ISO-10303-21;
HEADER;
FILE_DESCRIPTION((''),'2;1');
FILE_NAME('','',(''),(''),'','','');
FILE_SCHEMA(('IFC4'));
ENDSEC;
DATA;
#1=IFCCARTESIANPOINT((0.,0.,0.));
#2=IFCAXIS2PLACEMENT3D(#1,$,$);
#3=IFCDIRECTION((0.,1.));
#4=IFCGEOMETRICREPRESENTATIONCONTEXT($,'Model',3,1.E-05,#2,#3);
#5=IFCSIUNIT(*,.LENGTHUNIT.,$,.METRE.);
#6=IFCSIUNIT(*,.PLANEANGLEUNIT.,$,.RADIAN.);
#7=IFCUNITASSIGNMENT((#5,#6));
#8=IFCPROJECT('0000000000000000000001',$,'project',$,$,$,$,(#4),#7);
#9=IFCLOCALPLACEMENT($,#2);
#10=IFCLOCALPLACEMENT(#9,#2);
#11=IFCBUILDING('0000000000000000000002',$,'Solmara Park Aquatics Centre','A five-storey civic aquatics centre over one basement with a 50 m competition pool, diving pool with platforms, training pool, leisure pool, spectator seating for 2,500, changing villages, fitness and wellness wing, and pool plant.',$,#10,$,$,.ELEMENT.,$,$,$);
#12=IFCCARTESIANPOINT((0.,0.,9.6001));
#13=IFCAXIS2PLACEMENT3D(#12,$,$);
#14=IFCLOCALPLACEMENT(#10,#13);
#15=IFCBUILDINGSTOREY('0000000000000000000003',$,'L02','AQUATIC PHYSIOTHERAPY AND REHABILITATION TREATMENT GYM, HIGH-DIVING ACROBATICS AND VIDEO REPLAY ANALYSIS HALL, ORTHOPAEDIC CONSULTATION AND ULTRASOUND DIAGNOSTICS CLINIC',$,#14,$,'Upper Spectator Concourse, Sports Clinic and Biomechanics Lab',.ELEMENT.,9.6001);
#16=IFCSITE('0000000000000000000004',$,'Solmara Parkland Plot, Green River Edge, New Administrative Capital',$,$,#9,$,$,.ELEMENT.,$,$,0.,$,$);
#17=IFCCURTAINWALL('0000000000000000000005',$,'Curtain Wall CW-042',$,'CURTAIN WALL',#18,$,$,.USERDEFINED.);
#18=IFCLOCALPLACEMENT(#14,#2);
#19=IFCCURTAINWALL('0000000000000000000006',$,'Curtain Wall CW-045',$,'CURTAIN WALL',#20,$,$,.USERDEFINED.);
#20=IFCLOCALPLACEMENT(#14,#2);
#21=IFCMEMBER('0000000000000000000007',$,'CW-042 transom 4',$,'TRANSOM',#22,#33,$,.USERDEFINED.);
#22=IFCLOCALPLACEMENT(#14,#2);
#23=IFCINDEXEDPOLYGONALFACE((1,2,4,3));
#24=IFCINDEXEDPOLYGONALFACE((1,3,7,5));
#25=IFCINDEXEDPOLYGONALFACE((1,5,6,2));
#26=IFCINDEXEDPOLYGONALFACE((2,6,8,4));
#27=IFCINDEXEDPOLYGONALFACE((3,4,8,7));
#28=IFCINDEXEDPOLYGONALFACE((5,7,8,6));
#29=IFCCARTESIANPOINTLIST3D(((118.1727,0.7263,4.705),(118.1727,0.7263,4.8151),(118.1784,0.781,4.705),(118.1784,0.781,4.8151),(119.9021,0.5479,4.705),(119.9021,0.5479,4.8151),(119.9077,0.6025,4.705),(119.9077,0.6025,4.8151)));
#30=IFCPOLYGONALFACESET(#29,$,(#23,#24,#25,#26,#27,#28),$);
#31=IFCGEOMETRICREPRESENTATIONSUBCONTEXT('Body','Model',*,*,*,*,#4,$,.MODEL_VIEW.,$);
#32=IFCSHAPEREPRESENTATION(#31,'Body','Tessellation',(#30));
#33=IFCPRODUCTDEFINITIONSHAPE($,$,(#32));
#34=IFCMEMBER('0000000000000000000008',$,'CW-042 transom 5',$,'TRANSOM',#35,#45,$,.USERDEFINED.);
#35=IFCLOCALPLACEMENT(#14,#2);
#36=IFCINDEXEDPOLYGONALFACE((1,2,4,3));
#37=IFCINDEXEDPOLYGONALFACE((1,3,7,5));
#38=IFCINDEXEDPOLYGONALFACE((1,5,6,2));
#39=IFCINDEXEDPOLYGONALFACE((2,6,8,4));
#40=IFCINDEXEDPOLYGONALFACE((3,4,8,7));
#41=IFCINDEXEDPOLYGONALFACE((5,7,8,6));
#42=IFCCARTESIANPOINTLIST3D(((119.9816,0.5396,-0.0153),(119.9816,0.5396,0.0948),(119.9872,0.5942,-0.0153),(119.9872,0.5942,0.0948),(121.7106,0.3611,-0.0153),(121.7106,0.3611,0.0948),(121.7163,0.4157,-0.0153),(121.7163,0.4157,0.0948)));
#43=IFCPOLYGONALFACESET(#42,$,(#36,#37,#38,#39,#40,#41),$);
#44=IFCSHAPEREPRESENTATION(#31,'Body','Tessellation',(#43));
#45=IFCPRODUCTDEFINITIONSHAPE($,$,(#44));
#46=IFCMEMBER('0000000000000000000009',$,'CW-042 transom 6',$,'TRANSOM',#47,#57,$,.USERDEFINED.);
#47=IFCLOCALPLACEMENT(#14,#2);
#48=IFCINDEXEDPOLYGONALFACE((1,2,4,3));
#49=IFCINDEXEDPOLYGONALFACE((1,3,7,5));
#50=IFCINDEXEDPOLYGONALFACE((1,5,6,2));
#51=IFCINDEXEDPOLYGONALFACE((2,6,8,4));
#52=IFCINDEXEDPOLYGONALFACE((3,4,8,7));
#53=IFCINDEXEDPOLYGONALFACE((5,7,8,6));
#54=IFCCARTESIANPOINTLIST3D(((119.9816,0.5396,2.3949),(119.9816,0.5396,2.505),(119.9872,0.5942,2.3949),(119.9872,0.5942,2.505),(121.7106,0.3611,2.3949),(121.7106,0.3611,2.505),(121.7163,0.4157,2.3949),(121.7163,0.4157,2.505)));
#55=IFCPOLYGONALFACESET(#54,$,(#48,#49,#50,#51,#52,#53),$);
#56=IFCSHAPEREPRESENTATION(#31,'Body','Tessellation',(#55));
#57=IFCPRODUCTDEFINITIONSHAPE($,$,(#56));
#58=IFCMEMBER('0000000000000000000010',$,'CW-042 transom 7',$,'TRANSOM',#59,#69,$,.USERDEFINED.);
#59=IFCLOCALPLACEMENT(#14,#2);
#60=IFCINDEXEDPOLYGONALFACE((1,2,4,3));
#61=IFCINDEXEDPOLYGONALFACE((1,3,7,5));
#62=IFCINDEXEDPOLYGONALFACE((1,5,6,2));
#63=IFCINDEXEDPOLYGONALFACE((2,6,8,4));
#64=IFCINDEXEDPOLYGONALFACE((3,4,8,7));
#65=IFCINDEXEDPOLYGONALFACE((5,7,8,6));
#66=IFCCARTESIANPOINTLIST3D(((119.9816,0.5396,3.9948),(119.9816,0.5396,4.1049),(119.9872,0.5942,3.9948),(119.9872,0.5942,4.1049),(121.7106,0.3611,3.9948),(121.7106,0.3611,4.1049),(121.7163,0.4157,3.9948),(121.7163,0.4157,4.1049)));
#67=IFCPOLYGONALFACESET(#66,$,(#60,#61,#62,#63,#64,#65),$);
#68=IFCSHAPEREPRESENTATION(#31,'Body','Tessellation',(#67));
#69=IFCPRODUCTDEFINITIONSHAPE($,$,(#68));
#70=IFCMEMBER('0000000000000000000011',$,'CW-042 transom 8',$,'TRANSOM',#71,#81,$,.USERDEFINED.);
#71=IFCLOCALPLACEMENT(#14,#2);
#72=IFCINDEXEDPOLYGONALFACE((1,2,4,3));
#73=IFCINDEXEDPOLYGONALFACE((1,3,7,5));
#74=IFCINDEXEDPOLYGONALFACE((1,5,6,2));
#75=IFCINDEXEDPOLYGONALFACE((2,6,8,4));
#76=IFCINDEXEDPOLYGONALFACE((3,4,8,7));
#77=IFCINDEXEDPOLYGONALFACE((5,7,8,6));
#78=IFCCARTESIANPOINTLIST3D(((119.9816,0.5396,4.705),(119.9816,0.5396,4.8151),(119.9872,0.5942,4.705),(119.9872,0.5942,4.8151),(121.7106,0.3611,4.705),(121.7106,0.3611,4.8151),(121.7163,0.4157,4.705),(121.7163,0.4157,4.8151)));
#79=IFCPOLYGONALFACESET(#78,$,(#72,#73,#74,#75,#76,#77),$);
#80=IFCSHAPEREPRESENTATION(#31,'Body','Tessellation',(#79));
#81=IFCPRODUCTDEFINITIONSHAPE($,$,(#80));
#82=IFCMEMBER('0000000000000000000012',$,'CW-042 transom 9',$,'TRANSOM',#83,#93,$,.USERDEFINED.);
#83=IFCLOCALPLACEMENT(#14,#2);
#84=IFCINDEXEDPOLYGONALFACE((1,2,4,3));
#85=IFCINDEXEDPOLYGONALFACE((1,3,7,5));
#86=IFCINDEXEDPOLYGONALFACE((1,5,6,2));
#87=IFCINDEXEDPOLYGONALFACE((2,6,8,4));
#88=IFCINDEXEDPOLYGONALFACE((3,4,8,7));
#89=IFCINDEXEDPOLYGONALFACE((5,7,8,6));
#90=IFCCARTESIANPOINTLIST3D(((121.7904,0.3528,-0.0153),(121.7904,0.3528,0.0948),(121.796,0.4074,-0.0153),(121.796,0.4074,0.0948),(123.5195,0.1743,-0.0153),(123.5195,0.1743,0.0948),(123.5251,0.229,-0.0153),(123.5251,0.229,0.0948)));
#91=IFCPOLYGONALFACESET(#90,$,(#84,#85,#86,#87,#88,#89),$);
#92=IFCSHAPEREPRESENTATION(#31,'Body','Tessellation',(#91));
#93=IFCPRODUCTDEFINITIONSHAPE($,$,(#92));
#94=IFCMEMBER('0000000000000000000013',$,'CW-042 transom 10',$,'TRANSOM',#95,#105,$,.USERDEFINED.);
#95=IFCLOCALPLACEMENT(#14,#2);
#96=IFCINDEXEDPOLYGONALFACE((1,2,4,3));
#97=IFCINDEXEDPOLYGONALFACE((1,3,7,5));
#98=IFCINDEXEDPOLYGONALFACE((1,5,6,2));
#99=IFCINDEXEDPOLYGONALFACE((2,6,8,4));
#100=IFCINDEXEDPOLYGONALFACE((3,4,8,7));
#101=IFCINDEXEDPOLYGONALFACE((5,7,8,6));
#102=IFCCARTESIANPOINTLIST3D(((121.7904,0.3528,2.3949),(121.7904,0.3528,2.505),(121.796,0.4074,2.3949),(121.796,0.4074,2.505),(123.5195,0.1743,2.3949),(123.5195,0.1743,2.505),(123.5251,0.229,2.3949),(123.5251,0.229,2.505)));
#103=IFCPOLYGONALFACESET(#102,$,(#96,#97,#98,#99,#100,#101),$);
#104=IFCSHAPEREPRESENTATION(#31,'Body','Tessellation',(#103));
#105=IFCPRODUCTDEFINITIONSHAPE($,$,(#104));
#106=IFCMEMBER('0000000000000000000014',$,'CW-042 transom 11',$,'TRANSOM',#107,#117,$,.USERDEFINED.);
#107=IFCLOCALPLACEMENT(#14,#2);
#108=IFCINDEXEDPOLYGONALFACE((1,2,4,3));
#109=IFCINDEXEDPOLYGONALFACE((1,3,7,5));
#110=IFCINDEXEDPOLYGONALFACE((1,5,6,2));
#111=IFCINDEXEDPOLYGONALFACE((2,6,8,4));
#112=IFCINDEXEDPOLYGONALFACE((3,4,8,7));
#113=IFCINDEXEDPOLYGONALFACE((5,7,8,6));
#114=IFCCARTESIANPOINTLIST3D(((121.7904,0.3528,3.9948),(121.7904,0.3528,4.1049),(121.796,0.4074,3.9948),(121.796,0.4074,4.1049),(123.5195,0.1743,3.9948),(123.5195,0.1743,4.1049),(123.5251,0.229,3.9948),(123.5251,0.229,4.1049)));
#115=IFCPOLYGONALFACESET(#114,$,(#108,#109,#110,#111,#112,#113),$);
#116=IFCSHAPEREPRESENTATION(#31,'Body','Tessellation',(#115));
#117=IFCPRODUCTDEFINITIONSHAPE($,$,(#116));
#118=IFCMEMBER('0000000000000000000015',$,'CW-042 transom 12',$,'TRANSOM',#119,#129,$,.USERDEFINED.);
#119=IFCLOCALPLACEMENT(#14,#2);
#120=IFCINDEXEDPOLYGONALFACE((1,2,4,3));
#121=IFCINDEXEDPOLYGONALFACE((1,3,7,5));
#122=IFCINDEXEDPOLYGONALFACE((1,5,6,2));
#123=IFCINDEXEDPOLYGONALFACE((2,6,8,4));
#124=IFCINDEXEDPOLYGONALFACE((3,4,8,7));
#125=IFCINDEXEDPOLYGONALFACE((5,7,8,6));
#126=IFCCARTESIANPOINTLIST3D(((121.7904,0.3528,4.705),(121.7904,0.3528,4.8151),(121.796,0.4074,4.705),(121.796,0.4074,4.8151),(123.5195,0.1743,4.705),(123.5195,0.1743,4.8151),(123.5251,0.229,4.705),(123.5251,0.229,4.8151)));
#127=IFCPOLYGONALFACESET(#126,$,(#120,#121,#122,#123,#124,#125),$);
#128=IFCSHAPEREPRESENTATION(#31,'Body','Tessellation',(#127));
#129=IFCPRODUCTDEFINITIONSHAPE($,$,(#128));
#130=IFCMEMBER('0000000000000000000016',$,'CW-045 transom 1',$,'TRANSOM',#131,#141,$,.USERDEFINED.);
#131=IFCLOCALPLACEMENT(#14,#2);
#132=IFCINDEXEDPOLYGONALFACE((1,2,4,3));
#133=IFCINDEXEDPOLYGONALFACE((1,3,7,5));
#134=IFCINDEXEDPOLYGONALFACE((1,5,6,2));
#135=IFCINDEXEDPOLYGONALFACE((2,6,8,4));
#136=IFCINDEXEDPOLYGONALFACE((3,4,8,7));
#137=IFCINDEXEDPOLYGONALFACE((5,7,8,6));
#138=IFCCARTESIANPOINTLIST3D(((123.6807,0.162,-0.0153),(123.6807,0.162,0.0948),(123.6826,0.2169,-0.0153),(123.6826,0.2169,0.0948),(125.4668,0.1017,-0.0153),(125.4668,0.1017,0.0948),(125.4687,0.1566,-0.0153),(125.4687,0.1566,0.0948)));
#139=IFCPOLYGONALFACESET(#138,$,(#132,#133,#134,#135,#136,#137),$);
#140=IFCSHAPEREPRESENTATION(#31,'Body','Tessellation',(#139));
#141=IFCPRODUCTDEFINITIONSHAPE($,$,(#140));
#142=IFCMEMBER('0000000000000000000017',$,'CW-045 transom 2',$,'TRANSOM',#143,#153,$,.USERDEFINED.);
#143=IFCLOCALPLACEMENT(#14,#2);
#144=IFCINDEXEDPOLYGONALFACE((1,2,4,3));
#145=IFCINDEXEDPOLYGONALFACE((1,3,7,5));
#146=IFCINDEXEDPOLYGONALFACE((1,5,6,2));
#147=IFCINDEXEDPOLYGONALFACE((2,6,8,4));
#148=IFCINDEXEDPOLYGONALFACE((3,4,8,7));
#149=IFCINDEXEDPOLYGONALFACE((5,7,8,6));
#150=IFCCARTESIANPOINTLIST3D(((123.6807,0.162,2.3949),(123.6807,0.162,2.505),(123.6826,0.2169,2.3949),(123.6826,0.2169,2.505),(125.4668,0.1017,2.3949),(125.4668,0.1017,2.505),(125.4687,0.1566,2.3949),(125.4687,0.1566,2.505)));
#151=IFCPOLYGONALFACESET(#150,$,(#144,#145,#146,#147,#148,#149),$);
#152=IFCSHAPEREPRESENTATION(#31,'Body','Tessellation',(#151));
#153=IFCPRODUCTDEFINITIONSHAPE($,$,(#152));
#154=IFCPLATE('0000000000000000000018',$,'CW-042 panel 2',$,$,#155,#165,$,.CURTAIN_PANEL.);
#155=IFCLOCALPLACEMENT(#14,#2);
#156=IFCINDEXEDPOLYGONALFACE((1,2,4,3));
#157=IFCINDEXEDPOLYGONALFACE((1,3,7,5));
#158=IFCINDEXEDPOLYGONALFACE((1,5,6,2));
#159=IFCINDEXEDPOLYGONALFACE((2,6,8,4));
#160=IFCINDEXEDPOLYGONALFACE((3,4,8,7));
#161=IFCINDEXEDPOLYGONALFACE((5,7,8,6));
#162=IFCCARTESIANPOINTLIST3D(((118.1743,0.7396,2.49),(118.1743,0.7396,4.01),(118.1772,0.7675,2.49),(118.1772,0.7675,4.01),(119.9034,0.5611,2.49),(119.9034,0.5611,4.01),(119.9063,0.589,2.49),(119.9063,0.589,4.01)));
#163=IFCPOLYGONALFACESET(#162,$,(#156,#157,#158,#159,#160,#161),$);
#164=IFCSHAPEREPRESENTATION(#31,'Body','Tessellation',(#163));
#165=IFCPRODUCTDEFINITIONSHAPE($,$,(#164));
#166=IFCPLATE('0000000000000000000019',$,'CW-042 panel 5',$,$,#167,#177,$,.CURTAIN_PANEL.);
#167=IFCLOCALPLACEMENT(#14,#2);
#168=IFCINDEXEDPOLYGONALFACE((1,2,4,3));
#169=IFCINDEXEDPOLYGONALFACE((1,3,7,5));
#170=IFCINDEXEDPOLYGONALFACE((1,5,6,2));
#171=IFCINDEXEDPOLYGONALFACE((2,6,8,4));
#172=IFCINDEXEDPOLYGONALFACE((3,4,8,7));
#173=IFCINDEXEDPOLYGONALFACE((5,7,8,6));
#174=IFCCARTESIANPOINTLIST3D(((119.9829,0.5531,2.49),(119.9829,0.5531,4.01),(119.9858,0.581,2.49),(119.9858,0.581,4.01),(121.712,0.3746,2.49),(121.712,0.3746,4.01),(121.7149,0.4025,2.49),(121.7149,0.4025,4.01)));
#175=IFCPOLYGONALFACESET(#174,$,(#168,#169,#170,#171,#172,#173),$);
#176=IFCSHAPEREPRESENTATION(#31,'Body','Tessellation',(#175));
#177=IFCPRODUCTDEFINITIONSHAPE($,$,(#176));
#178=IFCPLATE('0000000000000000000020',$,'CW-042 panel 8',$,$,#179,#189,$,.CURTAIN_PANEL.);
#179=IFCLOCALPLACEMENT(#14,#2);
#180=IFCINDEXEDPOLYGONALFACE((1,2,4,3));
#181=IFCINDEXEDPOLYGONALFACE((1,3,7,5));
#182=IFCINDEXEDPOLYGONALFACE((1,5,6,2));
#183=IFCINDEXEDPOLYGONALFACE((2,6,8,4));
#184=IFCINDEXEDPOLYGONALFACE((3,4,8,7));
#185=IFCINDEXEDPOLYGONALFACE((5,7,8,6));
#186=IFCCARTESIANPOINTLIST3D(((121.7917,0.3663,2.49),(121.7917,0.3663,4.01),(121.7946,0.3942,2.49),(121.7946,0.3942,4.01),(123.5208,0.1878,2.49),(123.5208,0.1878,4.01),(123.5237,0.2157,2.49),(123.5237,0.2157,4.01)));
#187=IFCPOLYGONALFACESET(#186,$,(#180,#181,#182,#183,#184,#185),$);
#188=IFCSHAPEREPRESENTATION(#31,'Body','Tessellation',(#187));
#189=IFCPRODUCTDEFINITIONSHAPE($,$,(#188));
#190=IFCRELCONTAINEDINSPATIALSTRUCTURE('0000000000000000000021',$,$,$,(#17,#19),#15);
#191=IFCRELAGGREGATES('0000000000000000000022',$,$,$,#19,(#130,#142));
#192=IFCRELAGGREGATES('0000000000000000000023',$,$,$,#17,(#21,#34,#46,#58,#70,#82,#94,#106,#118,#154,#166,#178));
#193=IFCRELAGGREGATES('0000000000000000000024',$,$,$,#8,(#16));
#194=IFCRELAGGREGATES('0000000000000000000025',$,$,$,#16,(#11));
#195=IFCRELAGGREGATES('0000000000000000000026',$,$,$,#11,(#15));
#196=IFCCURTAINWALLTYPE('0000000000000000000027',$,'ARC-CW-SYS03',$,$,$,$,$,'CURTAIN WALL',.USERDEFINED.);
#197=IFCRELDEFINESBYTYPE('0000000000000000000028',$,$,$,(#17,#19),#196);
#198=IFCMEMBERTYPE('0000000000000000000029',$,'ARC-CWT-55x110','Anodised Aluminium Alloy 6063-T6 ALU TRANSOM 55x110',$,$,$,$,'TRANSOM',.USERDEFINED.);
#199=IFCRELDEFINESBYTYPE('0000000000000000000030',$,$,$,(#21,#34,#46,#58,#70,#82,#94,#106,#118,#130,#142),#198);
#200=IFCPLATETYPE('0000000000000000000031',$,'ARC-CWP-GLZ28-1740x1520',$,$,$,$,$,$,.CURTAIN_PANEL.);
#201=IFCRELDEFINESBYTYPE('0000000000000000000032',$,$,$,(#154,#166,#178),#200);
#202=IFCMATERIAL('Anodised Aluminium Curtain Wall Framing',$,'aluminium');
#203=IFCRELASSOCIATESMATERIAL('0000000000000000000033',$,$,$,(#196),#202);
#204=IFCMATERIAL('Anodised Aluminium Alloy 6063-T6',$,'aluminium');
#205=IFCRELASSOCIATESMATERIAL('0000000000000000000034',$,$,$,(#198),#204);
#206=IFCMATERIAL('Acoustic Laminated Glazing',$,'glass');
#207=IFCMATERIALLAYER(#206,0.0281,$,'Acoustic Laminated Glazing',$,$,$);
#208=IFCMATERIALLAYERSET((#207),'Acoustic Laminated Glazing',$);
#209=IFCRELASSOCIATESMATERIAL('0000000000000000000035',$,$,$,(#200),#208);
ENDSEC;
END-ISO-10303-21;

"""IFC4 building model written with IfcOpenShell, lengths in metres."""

from ifc_helpers import new_model, si_unit, direction, frame, origin, origin_2d, place, context, subcontext, project, spatial, rectangle, extrude, material, layer, layer_set, material_profile, profile_set, type_object, element, aggregate, save


model = new_model("IFC4")

# Units and contexts
model_context = context("Model", 3, precision=1e-05, world=origin(), true_north=direction((0.0, 1.0)))
body_context = subcontext(model_context, "Body", "Model", "MODEL_VIEW")
ifc_project = project(units=[si_unit("LENGTHUNIT", "METRE"), si_unit("PLANEANGLEUNIT", "RADIAN")], contexts=[model_context])

# Site, building, storey
site_placement = place(None, origin())
site = spatial("IfcSite", under=ifc_project, at=site_placement, Name="Solmara Parkland Plot, Green River Edge, New Administrative Capital", CompositionType="ELEMENT", RefElevation=0.0)
building_placement = place(site_placement, origin())
building = spatial("IfcBuilding", under=site, at=building_placement, Name="Solmara Park Aquatics Centre", Description="A five-storey civic aquatics centre over one basement with a 50 m competition pool, diving pool with platforms, training pool, leisure pool, spectator seating for 2,500, changing villages, fitness and wellness wing, and pool plant.", CompositionType="ELEMENT")
storey_placement = place(building_placement, frame((0.0, 0.0, 9.6001)))
storey = spatial("IfcBuildingStorey", under=building, at=storey_placement, Name="L02", Description="AQUATIC PHYSIOTHERAPY AND REHABILITATION TREATMENT GYM, HIGH-DIVING ACROBATICS AND VIDEO REPLAY ANALYSIS HALL, ORTHOPAEDIC CONSULTATION AND ULTRASOUND DIAGNOSTICS CLINIC", LongName="Upper Spectator Concourse, Sports Clinic and Biomechanics Lab", CompositionType="ELEMENT", Elevation=9.6001)

# Shared definitions
ifc_material_1 = material(Name="Anodised Aluminium Curtain Wall Framing", Category="aluminium")
curtain_wall_type = type_object("IfcCurtainWallType", Name="ARC-CW-SYS03", ElementType="CURTAIN WALL", PredefinedType="USERDEFINED", material=ifc_material_1)
ifc_material_2 = material(Name="Anodised Aluminium Alloy 6063-T6", Category="aluminium")

# Curtain wall
curtain_wall_1_placement = place(storey_placement, origin())
curtain_wall_1 = element("IfcCurtainWall", 1, at=curtain_wall_1_placement, inside=storey, type_object=curtain_wall_type, Name="Curtain Wall CW-042", ObjectType="CURTAIN WALL", PredefinedType="USERDEFINED")

# Curtain wall
curtain_wall_2_placement = place(storey_placement, origin())
curtain_wall_2 = element("IfcCurtainWall", 2, at=curtain_wall_2_placement, inside=storey, type_object=curtain_wall_type, Name="Curtain Wall CW-045", ObjectType="CURTAIN WALL", PredefinedType="USERDEFINED")

# Members
ifc_material_profile_1 = material_profile(ifc_material_2, rectangle(XDim=0.0549, YDim=0.1101, at=origin_2d()), Name="ALU TRANSOM 55x110")
ifc_profile_set_1 = profile_set([ifc_material_profile_1], Name="Anodised Aluminium Alloy 6063-T6")
member_type_1 = type_object("IfcMemberType", Name="ARC-CWT-55x110", Description="Anodised Aluminium Alloy 6063-T6 ALU TRANSOM 55x110", ElementType="TRANSOM", PredefinedType="USERDEFINED", material=ifc_profile_set_1)
member_1_placement = place(storey_placement, frame((118.1755, 0.7537, 4.76), z_axis=(0.994717, -0.10266, 0.0), x_axis=(0.10266, 0.994717, 0.0)))
member_1 = element("IfcMember", 3, at=member_1_placement, type_object=member_type_1, Name="CW-042 transom 4", ObjectType="TRANSOM", PredefinedType="USERDEFINED", context=body_context, shape_type="SweptSolid", body=[
    extrude(rectangle(XDim=0.0549, YDim=0.1101, at=origin_2d()), origin(), (0.0, 0.0, 1.0), 1.7385),
])
member_2_placement = place(storey_placement, frame((119.9844, 0.5669, 0.0398), z_axis=(0.994715, -0.102674, 0.0), x_axis=(0.102674, 0.994715, 0.0)))
member_2 = element("IfcMember", 4, at=member_2_placement, type_object=member_type_1, Name="CW-042 transom 5", ObjectType="TRANSOM", PredefinedType="USERDEFINED", context=body_context, shape_type="SweptSolid", body=[
    extrude(rectangle(XDim=0.0549, YDim=0.1101, at=origin_2d()), origin(), (0.0, 0.0, 1.0), 1.7383),
])
member_3_placement = place(storey_placement, frame((119.9844, 0.5669, 2.45), z_axis=(0.994715, -0.102674, 0.0), x_axis=(0.102674, 0.994715, 0.0)))
member_3 = element("IfcMember", 5, at=member_3_placement, type_object=member_type_1, Name="CW-042 transom 6", ObjectType="TRANSOM", PredefinedType="USERDEFINED", context=body_context, shape_type="SweptSolid", body=[
    extrude(rectangle(XDim=0.0549, YDim=0.1101, at=origin_2d()), origin(), (0.0, 0.0, 1.0), 1.7383),
])
member_4_placement = place(storey_placement, frame((119.9844, 0.5669, 4.0498), z_axis=(0.994715, -0.102674, 0.0), x_axis=(0.102674, 0.994715, 0.0)))
member_4 = element("IfcMember", 6, at=member_4_placement, type_object=member_type_1, Name="CW-042 transom 7", ObjectType="TRANSOM", PredefinedType="USERDEFINED", context=body_context, shape_type="SweptSolid", body=[
    extrude(rectangle(XDim=0.0549, YDim=0.1101, at=origin_2d()), origin(), (0.0, 0.0, 1.0), 1.7383),
])
member_5_placement = place(storey_placement, frame((119.9844, 0.5669, 4.76), z_axis=(0.994715, -0.102674, 0.0), x_axis=(0.102674, 0.994715, 0.0)))
member_5 = element("IfcMember", 7, at=member_5_placement, type_object=member_type_1, Name="CW-042 transom 8", ObjectType="TRANSOM", PredefinedType="USERDEFINED", context=body_context, shape_type="SweptSolid", body=[
    extrude(rectangle(XDim=0.0549, YDim=0.1101, at=origin_2d()), origin(), (0.0, 0.0, 1.0), 1.7383),
])
member_6_placement = place(storey_placement, frame((121.7932, 0.3801, 0.0398), z_axis=(0.994715, -0.102674, 0.0), x_axis=(0.102674, 0.994715, 0.0)))
member_6 = element("IfcMember", 8, at=member_6_placement, type_object=member_type_1, Name="CW-042 transom 9", ObjectType="TRANSOM", PredefinedType="USERDEFINED", context=body_context, shape_type="SweptSolid", body=[
    extrude(rectangle(XDim=0.0549, YDim=0.1101, at=origin_2d()), origin(), (0.0, 0.0, 1.0), 1.7383),
])
member_7_placement = place(storey_placement, frame((121.7932, 0.3801, 2.45), z_axis=(0.994715, -0.102674, 0.0), x_axis=(0.102674, 0.994715, 0.0)))
member_7 = element("IfcMember", 9, at=member_7_placement, type_object=member_type_1, Name="CW-042 transom 10", ObjectType="TRANSOM", PredefinedType="USERDEFINED", context=body_context, shape_type="SweptSolid", body=[
    extrude(rectangle(XDim=0.0549, YDim=0.1101, at=origin_2d()), origin(), (0.0, 0.0, 1.0), 1.7383),
])
member_8_placement = place(storey_placement, frame((121.7932, 0.3801, 4.0498), z_axis=(0.994715, -0.102674, 0.0), x_axis=(0.102674, 0.994715, 0.0)))
member_8 = element("IfcMember", 10, at=member_8_placement, type_object=member_type_1, Name="CW-042 transom 11", ObjectType="TRANSOM", PredefinedType="USERDEFINED", context=body_context, shape_type="SweptSolid", body=[
    extrude(rectangle(XDim=0.0549, YDim=0.1101, at=origin_2d()), origin(), (0.0, 0.0, 1.0), 1.7383),
])
member_9_placement = place(storey_placement, frame((121.7932, 0.3801, 4.76), z_axis=(0.994715, -0.102674, 0.0), x_axis=(0.102674, 0.994715, 0.0)))
member_9 = element("IfcMember", 11, at=member_9_placement, type_object=member_type_1, Name="CW-042 transom 12", ObjectType="TRANSOM", PredefinedType="USERDEFINED", context=body_context, shape_type="SweptSolid", body=[
    extrude(rectangle(XDim=0.0549, YDim=0.1101, at=origin_2d()), origin(), (0.0, 0.0, 1.0), 1.7383),
])
member_10_placement = place(storey_placement, frame((123.6816, 0.1895, 0.0398), z_axis=(0.999431, -0.033742, 0.0), x_axis=(0.033742, 0.999431, 0.0)))
member_10 = element("IfcMember", 12, at=member_10_placement, type_object=member_type_1, Name="CW-045 transom 1", ObjectType="TRANSOM", PredefinedType="USERDEFINED", context=body_context, shape_type="SweptSolid", body=[
    extrude(rectangle(XDim=0.0549, YDim=0.1101, at=origin_2d()), origin(), (0.0, 0.0, 1.0), 1.7871),
])
member_11_placement = place(storey_placement, frame((123.6816, 0.1895, 2.45), z_axis=(0.999431, -0.033742, 0.0), x_axis=(0.033742, 0.999431, 0.0)))
member_11 = element("IfcMember", 13, at=member_11_placement, type_object=member_type_1, Name="CW-045 transom 2", ObjectType="TRANSOM", PredefinedType="USERDEFINED", context=body_context, shape_type="SweptSolid", body=[
    extrude(rectangle(XDim=0.0549, YDim=0.1101, at=origin_2d()), origin(), (0.0, 0.0, 1.0), 1.7871),
])
aggregate(curtain_wall_2, [member_10, member_11])

# Plates
ifc_material_3 = material(Name="Acoustic Laminated Glazing", Category="glass")
ifc_layer_1 = layer(ifc_material_3, 0.0281, Name="Acoustic Laminated Glazing")
ifc_layer_set_1 = layer_set([ifc_layer_1], Name="Acoustic Laminated Glazing")
plate_type_1 = type_object("IfcPlateType", Name="ARC-CWP-GLZ28-1740x1520", PredefinedType="CURTAIN_PANEL", material=ifc_layer_set_1)
plate_1_placement = place(storey_placement, frame((119.0403, 0.6643, 2.49), z_axis=(0.0, 0.0, 1.0), x_axis=(0.994711, -0.102709, 0.0)))
plate_1 = element("IfcPlate", 14, at=plate_1_placement, type_object=plate_type_1, Name="CW-042 panel 2", PredefinedType="CURTAIN_PANEL", context=body_context, shape_type="SweptSolid", body=[
    extrude(rectangle(XDim=1.7383, YDim=0.0281, at=origin_2d()), origin(), (0.0, 0.0, 1.0), 1.52),
])
plate_2_placement = place(storey_placement, frame((120.8489, 0.4778, 2.49), z_axis=(0.0, 0.0, 1.0), x_axis=(0.994711, -0.102709, 0.0)))
plate_2 = element("IfcPlate", 15, at=plate_2_placement, type_object=plate_type_1, Name="CW-042 panel 5", PredefinedType="CURTAIN_PANEL", context=body_context, shape_type="SweptSolid", body=[
    extrude(rectangle(XDim=1.7383, YDim=0.0281, at=origin_2d()), origin(), (0.0, 0.0, 1.0), 1.52),
])
plate_3_placement = place(storey_placement, frame((122.6577, 0.291, 2.49), z_axis=(0.0, 0.0, 1.0), x_axis=(0.994711, -0.102709, 0.0)))
plate_3 = element("IfcPlate", 16, at=plate_3_placement, type_object=plate_type_1, Name="CW-042 panel 8", PredefinedType="CURTAIN_PANEL", context=body_context, shape_type="SweptSolid", body=[
    extrude(rectangle(XDim=1.7383, YDim=0.0281, at=origin_2d()), origin(), (0.0, 0.0, 1.0), 1.52),
])
aggregate(curtain_wall_1, [member_1, member_2, member_3, member_4, member_5, member_6, member_7, member_8, member_9, plate_1, plate_2, plate_3])

save(model, "model.ifc")
